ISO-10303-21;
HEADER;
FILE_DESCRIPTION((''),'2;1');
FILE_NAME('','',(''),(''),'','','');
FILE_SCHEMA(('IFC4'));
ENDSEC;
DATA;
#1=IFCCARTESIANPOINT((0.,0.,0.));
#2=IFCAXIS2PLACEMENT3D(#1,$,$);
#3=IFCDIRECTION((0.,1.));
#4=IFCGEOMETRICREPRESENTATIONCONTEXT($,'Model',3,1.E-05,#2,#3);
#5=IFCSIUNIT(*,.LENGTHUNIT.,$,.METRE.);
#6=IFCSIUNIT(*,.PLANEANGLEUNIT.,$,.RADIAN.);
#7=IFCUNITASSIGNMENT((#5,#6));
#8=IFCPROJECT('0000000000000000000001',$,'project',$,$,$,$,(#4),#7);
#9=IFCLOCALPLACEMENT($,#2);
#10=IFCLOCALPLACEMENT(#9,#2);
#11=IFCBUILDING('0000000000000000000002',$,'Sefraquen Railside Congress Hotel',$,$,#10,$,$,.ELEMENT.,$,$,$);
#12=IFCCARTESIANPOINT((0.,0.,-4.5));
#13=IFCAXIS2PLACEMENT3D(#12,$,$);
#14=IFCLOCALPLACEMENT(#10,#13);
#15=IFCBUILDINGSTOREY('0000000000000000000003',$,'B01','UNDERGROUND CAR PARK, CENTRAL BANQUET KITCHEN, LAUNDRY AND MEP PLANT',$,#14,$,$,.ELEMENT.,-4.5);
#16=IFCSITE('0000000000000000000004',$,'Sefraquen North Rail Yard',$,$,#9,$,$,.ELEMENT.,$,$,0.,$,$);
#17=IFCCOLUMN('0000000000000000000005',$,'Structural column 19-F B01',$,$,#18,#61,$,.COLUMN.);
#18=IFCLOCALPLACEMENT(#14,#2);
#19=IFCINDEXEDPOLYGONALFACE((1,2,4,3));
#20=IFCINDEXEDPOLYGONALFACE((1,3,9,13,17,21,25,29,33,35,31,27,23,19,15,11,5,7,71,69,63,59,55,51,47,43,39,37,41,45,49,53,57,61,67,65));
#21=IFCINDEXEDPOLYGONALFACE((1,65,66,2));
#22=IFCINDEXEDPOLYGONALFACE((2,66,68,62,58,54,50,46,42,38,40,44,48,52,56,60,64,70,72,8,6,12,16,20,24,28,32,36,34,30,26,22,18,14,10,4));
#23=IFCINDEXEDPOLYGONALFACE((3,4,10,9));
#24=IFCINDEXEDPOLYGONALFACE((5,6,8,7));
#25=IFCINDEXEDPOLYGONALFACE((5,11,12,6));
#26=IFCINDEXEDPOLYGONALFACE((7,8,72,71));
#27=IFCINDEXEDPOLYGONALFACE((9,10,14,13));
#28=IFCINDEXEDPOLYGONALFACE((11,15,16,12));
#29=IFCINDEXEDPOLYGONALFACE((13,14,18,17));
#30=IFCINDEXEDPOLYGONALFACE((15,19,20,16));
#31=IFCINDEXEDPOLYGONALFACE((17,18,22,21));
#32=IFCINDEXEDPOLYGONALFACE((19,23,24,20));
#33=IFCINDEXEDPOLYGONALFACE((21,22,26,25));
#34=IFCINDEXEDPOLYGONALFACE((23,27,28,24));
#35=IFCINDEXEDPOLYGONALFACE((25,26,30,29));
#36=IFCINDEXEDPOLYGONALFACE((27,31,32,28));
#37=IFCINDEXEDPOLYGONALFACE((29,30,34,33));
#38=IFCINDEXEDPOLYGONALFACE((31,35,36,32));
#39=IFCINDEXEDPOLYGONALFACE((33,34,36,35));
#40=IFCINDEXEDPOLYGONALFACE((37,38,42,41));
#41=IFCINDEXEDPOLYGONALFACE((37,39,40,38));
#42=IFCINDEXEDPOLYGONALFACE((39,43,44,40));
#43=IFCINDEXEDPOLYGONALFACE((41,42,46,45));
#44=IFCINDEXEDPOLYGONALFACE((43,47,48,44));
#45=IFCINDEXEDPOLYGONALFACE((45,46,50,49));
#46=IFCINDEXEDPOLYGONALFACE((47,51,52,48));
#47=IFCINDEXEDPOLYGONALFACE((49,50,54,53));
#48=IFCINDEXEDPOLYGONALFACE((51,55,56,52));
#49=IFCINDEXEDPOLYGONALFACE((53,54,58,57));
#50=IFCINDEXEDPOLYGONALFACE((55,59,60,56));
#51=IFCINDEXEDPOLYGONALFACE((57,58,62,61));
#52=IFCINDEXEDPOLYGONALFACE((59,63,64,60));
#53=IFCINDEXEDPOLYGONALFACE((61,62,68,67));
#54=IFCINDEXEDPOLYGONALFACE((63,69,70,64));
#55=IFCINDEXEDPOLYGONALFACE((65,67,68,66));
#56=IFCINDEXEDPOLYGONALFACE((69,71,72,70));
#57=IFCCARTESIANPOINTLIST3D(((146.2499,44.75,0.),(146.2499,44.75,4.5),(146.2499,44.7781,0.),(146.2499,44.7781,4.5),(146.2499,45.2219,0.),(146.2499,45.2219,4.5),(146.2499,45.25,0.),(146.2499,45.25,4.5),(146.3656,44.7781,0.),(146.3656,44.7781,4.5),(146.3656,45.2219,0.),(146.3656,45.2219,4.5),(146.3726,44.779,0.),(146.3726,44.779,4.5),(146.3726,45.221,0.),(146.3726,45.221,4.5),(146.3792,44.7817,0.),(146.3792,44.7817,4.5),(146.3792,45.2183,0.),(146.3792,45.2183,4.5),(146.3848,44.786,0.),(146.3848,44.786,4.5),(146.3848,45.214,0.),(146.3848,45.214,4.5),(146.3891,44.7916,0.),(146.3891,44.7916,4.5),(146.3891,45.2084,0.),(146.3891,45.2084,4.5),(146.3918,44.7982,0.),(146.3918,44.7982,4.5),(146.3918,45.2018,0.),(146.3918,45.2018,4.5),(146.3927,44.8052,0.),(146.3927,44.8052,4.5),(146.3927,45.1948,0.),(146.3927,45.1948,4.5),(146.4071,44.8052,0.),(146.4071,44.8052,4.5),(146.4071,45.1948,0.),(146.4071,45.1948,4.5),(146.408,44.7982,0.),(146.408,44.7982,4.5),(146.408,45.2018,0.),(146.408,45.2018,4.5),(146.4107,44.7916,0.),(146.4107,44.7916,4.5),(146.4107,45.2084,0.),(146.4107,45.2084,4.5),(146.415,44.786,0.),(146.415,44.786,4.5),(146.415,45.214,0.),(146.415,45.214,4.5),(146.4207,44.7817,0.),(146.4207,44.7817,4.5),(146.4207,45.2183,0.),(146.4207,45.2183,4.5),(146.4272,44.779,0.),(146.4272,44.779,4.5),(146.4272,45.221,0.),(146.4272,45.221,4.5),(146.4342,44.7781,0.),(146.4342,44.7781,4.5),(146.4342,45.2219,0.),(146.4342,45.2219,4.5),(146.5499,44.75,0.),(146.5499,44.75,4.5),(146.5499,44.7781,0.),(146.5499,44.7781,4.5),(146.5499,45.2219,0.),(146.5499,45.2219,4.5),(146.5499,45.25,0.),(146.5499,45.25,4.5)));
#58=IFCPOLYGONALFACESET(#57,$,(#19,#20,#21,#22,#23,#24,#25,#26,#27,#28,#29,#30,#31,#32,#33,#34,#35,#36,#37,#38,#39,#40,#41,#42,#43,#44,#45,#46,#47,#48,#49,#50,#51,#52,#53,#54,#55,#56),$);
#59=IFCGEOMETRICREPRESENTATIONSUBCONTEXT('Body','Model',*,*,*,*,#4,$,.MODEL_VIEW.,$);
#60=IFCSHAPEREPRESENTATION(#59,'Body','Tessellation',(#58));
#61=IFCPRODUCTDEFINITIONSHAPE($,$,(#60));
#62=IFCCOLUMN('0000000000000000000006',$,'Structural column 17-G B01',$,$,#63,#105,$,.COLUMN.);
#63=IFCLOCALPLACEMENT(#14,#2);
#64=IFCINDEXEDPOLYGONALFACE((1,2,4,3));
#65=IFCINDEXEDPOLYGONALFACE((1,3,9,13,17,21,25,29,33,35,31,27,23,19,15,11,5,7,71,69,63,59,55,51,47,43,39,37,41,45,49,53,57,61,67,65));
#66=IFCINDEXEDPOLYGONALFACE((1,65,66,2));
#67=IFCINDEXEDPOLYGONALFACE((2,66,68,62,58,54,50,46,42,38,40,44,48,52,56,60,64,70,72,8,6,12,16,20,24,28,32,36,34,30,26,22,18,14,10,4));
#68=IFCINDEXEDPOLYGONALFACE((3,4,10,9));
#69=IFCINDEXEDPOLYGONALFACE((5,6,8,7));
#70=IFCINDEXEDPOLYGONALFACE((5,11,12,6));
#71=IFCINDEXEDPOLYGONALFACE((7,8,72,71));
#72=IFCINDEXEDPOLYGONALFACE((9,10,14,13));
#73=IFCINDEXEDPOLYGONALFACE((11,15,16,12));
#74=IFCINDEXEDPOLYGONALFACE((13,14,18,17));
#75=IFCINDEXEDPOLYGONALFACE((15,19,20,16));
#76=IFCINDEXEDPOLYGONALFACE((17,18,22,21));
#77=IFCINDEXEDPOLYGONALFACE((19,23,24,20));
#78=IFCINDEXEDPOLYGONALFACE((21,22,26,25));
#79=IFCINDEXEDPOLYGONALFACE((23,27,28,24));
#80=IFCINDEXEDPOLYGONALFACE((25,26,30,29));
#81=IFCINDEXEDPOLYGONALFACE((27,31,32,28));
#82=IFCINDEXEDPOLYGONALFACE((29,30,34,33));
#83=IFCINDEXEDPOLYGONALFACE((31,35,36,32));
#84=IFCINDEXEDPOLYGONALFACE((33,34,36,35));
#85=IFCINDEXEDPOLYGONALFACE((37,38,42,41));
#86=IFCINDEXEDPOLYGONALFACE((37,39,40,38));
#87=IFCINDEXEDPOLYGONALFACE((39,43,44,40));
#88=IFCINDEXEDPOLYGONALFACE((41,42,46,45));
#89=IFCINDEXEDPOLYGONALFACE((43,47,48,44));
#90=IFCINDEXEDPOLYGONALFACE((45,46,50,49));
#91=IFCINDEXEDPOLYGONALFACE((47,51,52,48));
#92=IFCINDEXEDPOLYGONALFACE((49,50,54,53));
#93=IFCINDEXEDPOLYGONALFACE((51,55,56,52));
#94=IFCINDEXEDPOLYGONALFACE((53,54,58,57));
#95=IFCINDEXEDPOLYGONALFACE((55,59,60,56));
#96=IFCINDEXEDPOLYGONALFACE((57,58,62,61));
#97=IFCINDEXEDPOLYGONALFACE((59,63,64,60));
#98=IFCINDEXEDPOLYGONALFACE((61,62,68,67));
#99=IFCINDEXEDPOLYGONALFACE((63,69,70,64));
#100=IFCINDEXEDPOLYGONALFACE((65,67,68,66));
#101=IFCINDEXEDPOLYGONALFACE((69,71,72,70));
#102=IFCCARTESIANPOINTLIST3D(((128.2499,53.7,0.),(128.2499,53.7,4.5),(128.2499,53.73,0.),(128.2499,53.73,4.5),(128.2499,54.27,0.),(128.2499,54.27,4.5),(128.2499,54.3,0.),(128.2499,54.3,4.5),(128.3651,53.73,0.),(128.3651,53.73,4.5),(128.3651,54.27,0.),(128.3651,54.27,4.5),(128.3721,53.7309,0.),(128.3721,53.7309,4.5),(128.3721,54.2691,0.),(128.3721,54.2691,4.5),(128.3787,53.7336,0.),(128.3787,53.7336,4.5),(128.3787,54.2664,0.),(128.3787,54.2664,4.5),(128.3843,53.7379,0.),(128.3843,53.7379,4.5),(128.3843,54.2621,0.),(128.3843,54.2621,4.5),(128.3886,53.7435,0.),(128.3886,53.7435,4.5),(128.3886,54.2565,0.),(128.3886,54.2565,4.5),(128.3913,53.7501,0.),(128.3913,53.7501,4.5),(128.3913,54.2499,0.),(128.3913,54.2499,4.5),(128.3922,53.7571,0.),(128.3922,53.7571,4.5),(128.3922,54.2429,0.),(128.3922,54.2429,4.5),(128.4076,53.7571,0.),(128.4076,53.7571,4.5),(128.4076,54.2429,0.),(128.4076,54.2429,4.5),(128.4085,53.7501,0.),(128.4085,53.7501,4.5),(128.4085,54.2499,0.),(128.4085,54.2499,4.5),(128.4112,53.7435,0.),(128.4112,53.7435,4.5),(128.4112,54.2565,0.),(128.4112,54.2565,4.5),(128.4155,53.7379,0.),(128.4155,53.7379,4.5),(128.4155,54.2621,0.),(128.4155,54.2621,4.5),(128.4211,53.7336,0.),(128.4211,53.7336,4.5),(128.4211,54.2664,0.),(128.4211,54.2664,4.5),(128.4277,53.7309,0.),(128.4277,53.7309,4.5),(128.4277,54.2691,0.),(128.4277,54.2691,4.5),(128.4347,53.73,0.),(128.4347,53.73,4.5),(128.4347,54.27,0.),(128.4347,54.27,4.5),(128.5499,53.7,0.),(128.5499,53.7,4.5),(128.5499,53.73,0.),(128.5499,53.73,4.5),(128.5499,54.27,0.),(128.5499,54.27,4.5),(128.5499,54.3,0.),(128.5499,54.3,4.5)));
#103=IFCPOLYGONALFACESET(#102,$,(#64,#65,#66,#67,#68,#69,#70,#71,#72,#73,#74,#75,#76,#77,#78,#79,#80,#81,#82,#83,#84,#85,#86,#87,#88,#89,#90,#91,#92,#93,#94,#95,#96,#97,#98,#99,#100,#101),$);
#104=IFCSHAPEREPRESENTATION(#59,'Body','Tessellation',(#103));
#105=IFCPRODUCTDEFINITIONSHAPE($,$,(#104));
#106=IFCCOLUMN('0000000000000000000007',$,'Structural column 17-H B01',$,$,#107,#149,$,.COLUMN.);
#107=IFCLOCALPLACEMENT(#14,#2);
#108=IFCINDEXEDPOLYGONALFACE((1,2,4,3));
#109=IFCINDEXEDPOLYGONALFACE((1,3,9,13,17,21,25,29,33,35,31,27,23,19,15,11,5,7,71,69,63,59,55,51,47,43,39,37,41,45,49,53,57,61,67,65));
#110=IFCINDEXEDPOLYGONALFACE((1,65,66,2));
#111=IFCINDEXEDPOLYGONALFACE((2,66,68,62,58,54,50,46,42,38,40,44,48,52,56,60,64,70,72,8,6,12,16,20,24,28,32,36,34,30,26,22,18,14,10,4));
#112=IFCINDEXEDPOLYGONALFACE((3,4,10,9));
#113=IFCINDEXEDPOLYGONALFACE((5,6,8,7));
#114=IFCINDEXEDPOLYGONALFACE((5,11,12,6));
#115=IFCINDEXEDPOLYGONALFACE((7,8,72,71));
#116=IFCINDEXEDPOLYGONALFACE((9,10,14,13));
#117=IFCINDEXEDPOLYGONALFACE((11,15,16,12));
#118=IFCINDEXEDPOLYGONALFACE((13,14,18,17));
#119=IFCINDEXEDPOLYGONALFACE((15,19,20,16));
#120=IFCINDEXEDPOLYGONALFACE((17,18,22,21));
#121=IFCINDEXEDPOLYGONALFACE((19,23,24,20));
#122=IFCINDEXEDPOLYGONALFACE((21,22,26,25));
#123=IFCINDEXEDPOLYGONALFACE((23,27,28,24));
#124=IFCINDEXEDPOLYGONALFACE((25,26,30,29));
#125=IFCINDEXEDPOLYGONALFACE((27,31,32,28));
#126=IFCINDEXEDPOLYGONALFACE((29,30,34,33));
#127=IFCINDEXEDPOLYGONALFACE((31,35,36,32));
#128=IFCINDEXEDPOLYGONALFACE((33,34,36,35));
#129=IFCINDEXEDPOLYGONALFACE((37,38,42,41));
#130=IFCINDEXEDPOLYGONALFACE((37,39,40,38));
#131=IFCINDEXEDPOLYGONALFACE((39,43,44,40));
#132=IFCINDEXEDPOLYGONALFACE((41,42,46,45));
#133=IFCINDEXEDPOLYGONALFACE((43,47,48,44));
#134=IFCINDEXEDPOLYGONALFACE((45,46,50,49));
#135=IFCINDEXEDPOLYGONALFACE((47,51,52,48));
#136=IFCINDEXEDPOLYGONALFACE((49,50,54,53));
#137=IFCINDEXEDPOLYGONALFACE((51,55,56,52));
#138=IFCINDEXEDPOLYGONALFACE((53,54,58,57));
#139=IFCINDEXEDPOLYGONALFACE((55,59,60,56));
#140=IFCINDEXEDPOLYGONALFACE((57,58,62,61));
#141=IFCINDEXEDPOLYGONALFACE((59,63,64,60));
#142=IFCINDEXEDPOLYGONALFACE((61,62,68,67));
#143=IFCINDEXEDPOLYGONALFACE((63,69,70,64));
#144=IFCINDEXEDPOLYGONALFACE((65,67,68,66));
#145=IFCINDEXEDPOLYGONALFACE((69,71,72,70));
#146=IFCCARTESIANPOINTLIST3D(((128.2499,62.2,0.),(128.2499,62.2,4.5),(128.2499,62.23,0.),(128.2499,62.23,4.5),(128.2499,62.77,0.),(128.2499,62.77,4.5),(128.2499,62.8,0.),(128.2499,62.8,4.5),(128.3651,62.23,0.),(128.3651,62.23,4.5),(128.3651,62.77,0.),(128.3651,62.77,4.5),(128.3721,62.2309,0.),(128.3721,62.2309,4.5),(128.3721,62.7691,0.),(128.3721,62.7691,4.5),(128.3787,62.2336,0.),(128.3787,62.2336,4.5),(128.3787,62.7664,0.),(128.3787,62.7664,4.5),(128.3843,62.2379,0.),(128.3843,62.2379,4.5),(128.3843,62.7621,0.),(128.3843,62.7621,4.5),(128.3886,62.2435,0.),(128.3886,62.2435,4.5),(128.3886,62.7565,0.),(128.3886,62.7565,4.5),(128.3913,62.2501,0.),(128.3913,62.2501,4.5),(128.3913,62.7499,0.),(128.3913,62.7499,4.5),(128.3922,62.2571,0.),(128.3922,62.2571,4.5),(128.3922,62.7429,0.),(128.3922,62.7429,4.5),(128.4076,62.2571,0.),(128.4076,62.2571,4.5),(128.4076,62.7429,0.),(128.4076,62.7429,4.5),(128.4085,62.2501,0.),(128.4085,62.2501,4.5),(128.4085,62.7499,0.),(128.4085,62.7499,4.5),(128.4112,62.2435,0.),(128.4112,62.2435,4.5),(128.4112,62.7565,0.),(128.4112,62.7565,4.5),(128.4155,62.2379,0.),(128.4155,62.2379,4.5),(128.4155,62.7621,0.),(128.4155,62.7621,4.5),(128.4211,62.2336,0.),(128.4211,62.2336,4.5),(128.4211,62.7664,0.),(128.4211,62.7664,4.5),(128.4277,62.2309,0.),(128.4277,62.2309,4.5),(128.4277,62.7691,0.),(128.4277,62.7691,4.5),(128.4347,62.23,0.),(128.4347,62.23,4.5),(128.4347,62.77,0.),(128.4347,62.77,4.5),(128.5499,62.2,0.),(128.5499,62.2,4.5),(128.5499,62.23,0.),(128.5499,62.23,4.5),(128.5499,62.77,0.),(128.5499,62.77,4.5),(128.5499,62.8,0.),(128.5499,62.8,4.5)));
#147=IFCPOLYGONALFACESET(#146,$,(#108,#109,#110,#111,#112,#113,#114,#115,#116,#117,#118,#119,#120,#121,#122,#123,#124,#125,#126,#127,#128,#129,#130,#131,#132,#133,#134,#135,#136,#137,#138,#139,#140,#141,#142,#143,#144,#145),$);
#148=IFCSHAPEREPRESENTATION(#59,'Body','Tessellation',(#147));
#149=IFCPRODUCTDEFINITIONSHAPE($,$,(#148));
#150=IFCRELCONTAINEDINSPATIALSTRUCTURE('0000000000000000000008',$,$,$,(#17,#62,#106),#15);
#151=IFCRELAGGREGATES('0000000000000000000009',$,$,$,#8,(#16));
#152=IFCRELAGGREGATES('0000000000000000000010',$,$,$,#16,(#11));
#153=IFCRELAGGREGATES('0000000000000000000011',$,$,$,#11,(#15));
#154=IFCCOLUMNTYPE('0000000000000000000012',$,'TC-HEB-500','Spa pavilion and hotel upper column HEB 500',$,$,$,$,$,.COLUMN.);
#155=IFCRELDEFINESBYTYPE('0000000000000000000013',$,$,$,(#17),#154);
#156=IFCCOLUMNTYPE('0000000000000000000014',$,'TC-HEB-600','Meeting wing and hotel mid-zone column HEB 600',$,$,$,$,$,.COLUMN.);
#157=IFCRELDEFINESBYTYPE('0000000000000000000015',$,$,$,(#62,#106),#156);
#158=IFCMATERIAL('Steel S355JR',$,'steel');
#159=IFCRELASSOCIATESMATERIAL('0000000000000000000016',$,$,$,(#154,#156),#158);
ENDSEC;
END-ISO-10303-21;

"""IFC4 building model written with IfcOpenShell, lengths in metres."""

from ifc_helpers import new_model, si_unit, direction, frame, origin, origin_2d, place, context, subcontext, project, spatial, i_section, extrude, material, material_profile, profile_set, type_object, element, save


model = new_model("IFC4")

# Units and contexts
model_context = context("Model", 3, precision=1e-05, world=origin(), true_north=direction((0.0, 1.0)))
body_context = subcontext(model_context, "Body", "Model", "MODEL_VIEW")
ifc_project = project(units=[si_unit("LENGTHUNIT", "METRE"), si_unit("PLANEANGLEUNIT", "RADIAN")], contexts=[model_context])

# Site, building, storey
site_placement = place(None, origin())
site = spatial("IfcSite", under=ifc_project, at=site_placement, Name="Sefraquen North Rail Yard", CompositionType="ELEMENT", RefElevation=0.0)
building_placement = place(site_placement, origin())
building = spatial("IfcBuilding", under=site, at=building_placement, Name="Sefraquen Railside Congress Hotel", CompositionType="ELEMENT")
storey_placement = place(building_placement, frame((0.0, 0.0, -4.5)))
storey = spatial("IfcBuildingStorey", under=building, at=storey_placement, Name="B01", Description="UNDERGROUND CAR PARK, CENTRAL BANQUET KITCHEN, LAUNDRY AND MEP PLANT", CompositionType="ELEMENT", Elevation=-4.5)

# Columns
ifc_material_1 = material(Name="Steel S355JR", Category="steel")
ifc_material_profile_1 = material_profile(ifc_material_1, i_section(OverallWidth=0.3, OverallDepth=0.5, WebThickness=0.0144, FlangeThickness=0.0281, FilletRadius=0.0271, at=origin_2d()), Name="HEB 500")
ifc_profile_set_1 = profile_set([ifc_material_profile_1], Name="Steel S355JR")
column_type_1 = type_object("IfcColumnType", Name="TC-HEB-500", Description="Spa pavilion and hotel upper column HEB 500", PredefinedType="COLUMN", material=ifc_profile_set_1)
for number, where, z_axis, x_axis, name in (
    (1, (146.3999, 45.0, 0.0), (0.0, 0.0, 1.0), (1.0, 0.0, 0.0), "Structural column 19-F B01"),
):
    element("IfcColumn", number, at=place(storey_placement, frame(where, z_axis=z_axis, x_axis=x_axis)), inside=storey, type_object=column_type_1, Name=name, PredefinedType="COLUMN", context=body_context, shape_type="SweptSolid", body=[
        extrude(i_section(OverallWidth=0.3, OverallDepth=0.5, WebThickness=0.0144, FlangeThickness=0.0281, FilletRadius=0.0271, at=origin_2d()), origin(), (0.0, 0.0, 1.0), 4.5),
    ])
ifc_material_profile_2 = material_profile(ifc_material_1, i_section(OverallWidth=0.3, OverallDepth=0.6001, WebThickness=0.0154, FlangeThickness=0.03, FilletRadius=0.0271, at=origin_2d()), Name="HEB 600")
ifc_profile_set_2 = profile_set([ifc_material_profile_2], Name="Steel S355JR")
column_type_2 = type_object("IfcColumnType", Name="TC-HEB-600", Description="Meeting wing and hotel mid-zone column HEB 600", PredefinedType="COLUMN", material=ifc_profile_set_2)
for number, where, z_axis, x_axis, name in (
    (2, (128.3999, 54.0, 0.0), (0.0, 0.0, 1.0), (1.0, 0.0, 0.0), "Structural column 17-G B01"),
    (3, (128.3999, 62.5, 0.0), (0.0, 0.0, 1.0), (1.0, 0.0, 0.0), "Structural column 17-H B01"),
):
    element("IfcColumn", number, at=place(storey_placement, frame(where, z_axis=z_axis, x_axis=x_axis)), inside=storey, type_object=column_type_2, Name=name, PredefinedType="COLUMN", context=body_context, shape_type="SweptSolid", body=[
        extrude(i_section(OverallWidth=0.3, OverallDepth=0.6001, WebThickness=0.0154, FlangeThickness=0.03, FilletRadius=0.0271, at=origin_2d()), origin(), (0.0, 0.0, 1.0), 4.5),
    ])

save(model, "model.ifc")
